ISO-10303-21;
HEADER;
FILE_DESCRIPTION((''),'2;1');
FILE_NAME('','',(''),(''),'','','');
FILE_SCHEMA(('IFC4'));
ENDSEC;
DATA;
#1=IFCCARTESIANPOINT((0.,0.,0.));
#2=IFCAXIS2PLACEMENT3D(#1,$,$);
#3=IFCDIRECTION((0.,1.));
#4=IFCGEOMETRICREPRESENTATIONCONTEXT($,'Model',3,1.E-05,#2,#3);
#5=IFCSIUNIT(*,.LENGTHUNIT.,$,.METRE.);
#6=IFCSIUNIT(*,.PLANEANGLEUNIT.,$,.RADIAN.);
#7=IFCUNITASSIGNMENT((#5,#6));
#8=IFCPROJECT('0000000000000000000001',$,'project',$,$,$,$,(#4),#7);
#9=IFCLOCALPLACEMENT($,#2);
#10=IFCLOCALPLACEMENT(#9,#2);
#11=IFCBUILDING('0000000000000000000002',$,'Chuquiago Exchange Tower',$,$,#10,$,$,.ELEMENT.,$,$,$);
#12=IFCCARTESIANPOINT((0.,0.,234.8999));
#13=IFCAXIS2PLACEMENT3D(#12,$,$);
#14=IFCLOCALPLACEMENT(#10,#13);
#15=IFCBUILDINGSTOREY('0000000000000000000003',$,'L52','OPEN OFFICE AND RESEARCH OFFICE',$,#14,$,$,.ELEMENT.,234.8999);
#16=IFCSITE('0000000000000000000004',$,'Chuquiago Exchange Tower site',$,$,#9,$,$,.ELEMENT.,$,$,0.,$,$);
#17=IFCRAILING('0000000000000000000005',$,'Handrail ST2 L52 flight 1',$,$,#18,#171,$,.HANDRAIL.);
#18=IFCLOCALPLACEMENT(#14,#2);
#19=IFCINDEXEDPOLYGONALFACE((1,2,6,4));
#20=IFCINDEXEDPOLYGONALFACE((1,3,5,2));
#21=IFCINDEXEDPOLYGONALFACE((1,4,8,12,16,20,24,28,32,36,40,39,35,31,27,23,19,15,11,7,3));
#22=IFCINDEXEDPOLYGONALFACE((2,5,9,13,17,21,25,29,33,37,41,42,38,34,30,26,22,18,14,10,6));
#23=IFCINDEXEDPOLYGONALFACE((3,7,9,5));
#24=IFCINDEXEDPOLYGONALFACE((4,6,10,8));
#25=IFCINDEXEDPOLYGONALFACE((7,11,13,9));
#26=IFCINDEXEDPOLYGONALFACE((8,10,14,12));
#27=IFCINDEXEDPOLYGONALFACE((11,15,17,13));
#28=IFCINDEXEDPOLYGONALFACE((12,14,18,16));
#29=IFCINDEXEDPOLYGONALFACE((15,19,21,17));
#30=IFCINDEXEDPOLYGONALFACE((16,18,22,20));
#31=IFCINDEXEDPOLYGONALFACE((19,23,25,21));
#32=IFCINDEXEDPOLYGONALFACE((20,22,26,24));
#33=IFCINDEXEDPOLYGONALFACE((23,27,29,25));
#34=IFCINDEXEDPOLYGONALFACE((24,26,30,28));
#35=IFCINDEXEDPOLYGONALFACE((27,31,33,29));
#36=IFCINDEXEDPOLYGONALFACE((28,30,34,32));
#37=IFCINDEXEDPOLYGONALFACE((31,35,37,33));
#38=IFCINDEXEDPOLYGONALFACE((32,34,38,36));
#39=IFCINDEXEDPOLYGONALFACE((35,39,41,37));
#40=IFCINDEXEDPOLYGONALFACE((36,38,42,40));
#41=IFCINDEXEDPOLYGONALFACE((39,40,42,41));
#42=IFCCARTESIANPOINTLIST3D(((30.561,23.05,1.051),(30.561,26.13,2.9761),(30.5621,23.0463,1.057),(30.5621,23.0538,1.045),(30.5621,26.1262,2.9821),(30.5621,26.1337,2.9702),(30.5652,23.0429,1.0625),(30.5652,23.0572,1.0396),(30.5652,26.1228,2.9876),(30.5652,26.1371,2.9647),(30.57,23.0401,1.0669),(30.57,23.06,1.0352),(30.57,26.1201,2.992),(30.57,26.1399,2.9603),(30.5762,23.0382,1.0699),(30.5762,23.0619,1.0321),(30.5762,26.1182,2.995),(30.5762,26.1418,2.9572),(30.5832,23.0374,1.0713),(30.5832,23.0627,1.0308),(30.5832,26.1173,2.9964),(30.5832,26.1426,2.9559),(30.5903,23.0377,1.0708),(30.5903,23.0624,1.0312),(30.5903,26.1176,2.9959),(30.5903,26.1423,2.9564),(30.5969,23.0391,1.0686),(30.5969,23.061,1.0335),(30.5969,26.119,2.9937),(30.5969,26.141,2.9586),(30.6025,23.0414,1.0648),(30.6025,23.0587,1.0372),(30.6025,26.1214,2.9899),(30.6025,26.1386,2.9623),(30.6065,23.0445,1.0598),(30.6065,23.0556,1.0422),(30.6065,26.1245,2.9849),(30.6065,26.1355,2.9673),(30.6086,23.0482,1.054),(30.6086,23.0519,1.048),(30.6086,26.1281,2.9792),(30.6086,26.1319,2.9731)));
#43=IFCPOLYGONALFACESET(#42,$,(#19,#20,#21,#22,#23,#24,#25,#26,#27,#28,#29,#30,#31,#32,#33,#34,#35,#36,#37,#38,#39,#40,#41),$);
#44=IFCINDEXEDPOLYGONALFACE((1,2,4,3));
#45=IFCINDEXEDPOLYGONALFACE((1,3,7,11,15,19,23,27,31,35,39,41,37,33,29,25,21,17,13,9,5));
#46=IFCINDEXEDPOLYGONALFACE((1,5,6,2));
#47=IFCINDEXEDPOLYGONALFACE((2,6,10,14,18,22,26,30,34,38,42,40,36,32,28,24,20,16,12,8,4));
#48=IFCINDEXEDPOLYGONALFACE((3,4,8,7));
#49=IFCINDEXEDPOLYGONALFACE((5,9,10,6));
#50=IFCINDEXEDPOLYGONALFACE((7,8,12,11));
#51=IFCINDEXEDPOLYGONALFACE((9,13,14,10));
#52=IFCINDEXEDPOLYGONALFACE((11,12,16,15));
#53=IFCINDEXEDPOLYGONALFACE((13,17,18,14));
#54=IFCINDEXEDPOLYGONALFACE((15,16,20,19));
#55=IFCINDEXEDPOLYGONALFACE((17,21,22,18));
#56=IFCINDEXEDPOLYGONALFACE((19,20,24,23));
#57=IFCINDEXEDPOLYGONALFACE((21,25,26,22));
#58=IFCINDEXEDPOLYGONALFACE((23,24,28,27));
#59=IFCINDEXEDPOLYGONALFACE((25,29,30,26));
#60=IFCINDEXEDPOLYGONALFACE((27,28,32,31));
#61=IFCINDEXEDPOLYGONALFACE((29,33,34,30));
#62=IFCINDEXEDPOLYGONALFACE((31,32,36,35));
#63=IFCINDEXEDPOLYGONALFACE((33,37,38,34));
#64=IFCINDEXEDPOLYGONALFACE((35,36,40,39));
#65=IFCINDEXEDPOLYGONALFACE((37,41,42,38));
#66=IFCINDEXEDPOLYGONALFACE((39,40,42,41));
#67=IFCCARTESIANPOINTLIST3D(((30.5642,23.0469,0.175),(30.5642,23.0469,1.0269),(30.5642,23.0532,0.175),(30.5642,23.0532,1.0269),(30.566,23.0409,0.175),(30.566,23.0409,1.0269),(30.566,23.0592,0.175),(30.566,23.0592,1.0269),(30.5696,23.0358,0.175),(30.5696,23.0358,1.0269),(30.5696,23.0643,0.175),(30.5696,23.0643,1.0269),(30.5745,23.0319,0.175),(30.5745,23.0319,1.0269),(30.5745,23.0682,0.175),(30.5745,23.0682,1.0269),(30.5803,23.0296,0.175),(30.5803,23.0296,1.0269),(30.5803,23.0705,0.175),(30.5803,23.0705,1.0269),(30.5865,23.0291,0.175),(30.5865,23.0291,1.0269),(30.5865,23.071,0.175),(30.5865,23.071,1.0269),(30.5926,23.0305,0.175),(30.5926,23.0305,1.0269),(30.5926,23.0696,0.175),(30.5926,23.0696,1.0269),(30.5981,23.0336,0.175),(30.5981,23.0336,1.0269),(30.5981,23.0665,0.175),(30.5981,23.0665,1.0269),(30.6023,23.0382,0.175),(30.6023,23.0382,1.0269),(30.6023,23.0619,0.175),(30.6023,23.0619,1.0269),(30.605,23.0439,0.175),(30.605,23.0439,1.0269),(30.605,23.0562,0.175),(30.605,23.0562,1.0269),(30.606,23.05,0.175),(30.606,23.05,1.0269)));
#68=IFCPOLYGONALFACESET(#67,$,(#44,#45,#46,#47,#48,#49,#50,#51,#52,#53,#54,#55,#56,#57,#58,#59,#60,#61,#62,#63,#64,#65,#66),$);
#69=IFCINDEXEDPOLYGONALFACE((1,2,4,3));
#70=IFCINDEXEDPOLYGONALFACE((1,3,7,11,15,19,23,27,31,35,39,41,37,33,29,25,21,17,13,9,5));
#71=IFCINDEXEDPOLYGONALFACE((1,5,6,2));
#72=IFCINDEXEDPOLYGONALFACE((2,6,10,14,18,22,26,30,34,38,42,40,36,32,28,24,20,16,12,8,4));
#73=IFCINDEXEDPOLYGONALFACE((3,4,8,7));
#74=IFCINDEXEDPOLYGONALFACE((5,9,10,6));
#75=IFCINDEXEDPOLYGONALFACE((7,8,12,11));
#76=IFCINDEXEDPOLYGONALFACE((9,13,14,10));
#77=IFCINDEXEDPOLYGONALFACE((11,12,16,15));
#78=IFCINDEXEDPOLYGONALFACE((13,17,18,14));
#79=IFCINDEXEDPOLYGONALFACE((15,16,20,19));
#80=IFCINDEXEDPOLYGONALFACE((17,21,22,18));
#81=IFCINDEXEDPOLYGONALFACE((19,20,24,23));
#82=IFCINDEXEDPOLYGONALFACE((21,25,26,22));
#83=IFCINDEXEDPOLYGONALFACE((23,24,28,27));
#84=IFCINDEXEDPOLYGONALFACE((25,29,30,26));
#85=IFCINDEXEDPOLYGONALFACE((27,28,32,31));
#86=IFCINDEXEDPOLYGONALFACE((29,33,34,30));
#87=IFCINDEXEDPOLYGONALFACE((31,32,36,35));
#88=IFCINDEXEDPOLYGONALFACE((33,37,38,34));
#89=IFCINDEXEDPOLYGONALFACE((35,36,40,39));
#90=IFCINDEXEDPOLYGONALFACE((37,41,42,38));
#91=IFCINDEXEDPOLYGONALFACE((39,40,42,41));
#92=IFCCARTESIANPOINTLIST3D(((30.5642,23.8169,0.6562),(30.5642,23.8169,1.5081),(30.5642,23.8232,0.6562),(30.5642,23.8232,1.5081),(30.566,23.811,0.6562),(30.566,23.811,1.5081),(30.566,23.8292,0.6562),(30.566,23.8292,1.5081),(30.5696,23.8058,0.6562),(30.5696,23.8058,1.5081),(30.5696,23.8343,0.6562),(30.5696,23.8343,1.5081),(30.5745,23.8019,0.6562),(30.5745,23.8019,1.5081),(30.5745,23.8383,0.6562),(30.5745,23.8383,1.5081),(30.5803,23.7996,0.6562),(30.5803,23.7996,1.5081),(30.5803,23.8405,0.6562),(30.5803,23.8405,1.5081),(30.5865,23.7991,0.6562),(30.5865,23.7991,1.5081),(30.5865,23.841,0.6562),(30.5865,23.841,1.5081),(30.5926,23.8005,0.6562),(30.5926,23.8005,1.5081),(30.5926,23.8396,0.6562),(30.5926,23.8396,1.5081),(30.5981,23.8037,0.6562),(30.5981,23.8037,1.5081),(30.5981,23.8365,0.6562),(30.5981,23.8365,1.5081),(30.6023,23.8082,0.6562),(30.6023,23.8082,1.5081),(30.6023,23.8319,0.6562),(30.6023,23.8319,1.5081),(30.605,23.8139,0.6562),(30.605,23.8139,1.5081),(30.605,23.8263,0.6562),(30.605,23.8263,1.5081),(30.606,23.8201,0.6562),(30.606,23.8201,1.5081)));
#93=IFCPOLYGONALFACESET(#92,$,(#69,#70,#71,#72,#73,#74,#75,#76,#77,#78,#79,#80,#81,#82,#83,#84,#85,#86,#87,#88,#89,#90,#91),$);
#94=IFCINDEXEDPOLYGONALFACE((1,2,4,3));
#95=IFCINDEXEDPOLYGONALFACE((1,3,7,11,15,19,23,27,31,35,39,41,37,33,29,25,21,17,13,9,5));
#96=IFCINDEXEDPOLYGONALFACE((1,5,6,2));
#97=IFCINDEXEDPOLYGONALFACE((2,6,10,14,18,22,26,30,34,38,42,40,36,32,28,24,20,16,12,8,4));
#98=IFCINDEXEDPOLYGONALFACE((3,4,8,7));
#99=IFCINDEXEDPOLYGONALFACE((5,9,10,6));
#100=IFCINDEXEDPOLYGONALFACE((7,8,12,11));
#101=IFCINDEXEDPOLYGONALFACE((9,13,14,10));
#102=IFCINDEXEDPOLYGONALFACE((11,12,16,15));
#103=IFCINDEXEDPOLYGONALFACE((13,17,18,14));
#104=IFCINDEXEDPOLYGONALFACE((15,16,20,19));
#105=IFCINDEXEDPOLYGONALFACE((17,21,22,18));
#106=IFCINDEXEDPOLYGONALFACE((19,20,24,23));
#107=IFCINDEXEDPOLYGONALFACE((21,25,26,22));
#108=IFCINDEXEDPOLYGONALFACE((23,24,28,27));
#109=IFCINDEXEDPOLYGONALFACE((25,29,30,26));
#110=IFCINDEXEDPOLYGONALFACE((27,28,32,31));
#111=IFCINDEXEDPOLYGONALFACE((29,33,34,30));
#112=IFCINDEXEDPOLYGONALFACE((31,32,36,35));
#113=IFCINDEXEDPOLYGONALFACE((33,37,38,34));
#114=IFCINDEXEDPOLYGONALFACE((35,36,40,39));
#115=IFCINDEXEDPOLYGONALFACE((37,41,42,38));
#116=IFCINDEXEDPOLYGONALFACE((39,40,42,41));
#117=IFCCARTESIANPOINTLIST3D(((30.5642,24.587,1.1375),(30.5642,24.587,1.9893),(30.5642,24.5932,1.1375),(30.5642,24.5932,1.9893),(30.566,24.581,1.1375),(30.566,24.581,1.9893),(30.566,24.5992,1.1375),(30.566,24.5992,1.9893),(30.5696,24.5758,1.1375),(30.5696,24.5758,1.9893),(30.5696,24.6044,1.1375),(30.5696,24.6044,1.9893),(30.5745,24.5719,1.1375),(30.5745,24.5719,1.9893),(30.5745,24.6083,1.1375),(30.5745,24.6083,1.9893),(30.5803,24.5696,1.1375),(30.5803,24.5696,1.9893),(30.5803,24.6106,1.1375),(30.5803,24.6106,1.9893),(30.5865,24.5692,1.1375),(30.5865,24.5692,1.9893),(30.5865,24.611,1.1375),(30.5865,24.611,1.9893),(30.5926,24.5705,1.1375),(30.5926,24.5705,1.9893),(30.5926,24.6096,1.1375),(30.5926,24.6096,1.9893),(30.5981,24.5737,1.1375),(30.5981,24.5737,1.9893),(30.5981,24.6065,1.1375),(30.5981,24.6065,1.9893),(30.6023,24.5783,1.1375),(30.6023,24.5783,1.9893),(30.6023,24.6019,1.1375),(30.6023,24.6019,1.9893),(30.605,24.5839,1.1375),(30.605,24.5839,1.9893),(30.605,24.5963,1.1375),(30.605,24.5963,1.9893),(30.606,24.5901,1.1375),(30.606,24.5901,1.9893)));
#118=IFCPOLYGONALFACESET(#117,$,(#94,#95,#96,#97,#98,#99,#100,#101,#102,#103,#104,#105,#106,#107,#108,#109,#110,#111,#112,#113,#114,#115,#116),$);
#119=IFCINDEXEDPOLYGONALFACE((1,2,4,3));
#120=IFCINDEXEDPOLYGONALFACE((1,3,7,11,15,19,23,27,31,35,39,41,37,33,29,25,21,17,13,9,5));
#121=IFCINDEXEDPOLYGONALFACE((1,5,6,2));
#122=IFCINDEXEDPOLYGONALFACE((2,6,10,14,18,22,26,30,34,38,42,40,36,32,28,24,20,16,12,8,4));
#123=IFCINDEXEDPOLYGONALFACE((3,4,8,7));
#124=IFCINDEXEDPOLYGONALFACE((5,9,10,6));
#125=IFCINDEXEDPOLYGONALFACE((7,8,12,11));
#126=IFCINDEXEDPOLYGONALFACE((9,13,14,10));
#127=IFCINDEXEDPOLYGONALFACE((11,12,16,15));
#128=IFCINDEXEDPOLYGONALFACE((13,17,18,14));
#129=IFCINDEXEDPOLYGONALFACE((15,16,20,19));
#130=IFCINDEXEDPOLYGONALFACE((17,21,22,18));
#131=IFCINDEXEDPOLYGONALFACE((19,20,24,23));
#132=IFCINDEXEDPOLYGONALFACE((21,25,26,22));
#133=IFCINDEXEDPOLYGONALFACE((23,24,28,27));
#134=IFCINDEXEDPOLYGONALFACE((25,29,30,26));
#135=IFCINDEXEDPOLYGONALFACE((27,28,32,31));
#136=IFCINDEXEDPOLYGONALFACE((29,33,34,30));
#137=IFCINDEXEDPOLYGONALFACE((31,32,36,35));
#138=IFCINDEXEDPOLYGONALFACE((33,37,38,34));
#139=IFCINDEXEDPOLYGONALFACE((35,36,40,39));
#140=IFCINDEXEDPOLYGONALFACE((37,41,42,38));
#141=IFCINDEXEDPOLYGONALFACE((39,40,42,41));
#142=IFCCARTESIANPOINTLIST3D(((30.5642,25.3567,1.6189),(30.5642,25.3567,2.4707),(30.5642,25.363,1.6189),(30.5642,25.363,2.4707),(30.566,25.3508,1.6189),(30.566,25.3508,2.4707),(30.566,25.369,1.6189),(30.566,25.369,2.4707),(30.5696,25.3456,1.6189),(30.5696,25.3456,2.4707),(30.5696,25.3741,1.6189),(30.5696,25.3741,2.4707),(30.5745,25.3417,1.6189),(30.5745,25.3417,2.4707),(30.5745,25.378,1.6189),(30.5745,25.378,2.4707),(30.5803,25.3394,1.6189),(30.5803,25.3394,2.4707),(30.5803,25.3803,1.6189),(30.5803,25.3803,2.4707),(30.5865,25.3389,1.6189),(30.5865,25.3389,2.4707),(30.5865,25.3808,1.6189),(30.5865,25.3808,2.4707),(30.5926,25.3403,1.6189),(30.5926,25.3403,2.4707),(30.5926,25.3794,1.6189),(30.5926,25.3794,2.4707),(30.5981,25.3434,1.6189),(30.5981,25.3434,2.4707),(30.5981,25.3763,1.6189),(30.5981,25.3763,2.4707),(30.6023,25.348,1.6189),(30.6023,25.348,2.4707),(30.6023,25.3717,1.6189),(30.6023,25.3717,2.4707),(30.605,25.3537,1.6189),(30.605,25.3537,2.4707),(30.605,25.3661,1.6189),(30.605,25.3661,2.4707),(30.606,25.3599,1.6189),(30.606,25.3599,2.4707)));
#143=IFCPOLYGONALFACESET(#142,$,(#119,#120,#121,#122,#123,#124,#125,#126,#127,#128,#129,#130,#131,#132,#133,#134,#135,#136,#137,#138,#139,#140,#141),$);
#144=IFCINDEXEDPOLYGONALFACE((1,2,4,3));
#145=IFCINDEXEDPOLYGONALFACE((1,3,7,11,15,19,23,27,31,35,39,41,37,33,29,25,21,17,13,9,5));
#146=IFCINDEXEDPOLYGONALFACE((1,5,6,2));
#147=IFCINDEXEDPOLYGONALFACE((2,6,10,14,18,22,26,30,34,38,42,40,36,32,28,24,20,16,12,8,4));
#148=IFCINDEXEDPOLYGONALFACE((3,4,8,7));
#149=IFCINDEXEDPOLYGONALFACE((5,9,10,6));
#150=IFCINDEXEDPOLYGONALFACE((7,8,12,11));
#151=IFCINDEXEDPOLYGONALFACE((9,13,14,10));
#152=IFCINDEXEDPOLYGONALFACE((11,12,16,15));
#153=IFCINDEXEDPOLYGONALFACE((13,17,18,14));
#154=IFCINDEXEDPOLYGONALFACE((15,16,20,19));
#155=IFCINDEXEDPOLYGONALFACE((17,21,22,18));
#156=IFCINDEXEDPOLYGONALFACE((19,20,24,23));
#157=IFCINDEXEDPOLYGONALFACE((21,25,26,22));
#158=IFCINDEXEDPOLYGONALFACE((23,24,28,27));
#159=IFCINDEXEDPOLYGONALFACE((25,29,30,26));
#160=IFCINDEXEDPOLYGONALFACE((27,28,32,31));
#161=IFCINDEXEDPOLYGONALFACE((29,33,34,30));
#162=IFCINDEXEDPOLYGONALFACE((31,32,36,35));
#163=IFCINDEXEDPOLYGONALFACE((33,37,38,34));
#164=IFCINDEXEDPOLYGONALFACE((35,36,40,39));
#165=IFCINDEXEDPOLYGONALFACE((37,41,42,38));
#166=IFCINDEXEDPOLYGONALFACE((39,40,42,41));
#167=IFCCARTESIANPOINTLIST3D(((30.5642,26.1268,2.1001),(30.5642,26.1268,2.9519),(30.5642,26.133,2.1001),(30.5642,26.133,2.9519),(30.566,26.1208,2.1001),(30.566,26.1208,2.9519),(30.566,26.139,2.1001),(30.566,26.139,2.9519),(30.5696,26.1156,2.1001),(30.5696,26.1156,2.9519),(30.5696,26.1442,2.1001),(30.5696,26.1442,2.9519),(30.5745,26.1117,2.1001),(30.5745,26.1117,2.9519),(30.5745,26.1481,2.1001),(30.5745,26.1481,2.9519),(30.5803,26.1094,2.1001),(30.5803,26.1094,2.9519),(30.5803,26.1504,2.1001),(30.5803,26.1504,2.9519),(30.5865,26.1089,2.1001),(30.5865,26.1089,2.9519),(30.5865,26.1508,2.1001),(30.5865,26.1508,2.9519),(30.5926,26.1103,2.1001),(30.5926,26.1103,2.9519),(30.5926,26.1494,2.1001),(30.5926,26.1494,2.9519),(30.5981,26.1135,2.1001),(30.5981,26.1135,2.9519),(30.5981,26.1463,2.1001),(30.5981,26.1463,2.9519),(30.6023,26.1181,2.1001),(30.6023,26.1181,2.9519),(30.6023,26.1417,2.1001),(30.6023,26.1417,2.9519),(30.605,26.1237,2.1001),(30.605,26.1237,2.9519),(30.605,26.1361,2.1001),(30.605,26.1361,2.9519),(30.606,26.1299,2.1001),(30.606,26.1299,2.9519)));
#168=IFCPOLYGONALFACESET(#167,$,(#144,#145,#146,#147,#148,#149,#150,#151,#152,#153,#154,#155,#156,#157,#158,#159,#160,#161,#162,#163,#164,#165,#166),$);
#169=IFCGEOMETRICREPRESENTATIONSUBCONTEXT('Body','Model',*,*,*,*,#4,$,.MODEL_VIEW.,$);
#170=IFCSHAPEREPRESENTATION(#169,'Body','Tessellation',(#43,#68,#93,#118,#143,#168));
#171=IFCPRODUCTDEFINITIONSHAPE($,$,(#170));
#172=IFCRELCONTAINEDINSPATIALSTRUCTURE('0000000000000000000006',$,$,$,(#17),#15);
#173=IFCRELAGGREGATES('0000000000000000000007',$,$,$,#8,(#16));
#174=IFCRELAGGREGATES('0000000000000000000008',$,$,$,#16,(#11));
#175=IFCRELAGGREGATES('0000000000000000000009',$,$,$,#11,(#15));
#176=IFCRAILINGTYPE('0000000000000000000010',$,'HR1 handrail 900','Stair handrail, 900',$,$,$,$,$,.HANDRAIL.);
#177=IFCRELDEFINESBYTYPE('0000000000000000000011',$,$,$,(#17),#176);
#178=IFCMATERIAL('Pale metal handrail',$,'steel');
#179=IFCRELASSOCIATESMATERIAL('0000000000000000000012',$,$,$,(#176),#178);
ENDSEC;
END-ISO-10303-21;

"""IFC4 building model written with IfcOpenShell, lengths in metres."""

from ifc_helpers import new_model, si_unit, direction, frame, origin, origin_2d, place, context, subcontext, project, spatial, circle, extrude, material, type_object, element, save


model = new_model("IFC4")

# Units and contexts
model_context = context("Model", 3, precision=1e-05, world=origin(), true_north=direction((0.0, 1.0)))
body_context = subcontext(model_context, "Body", "Model", "MODEL_VIEW")
ifc_project = project(units=[si_unit("LENGTHUNIT", "METRE"), si_unit("PLANEANGLEUNIT", "RADIAN")], contexts=[model_context])

# Site, building, storey
site_placement = place(None, origin())
site = spatial("IfcSite", under=ifc_project, at=site_placement, Name="Chuquiago Exchange Tower site", CompositionType="ELEMENT", RefElevation=0.0)
building_placement = place(site_placement, origin())
building = spatial("IfcBuilding", under=site, at=building_placement, Name="Chuquiago Exchange Tower", CompositionType="ELEMENT")
storey_placement = place(building_placement, frame((0.0, 0.0, 234.8999)))
storey = spatial("IfcBuildingStorey", under=building, at=storey_placement, Name="L52", Description="OPEN OFFICE AND RESEARCH OFFICE", CompositionType="ELEMENT", Elevation=234.8999)

# Railing
ifc_material_1 = material(Name="Pale metal handrail", Category="steel")
railing_type_1 = type_object("IfcRailingType", Name="HR1 handrail 900", Description="Stair handrail, 900", PredefinedType="HANDRAIL", material=ifc_material_1)
railing_1_placement = place(storey_placement, frame((30.585, 23.05, 0.175)))
element("IfcRailing", 1, at=railing_1_placement, inside=storey, type_object=railing_type_1, Name="Handrail ST2 L52 flight 1", PredefinedType="HANDRAIL", context=body_context, shape_type="SweptSolid", body=[
    extrude(circle(Radius=0.0239, at=origin_2d()), frame((0.0, 0.0, 0.876), z_axis=(0.0, 0.847979, 0.530029), x_axis=(-1.0, 0.0, 0.0)), (0.0, 0.0, 1.0), 3.6321),
    extrude(circle(Radius=0.021, at=origin_2d()), origin(), (0.0, 0.0, 1.0), 0.8518),
    extrude(circle(Radius=0.021, at=origin_2d()), frame((0.0, 0.77, 0.4812)), (0.0, 0.0, 1.0), 0.8518),
    extrude(circle(Radius=0.021, at=origin_2d()), frame((0.0, 1.54, 0.9624)), (0.0, 0.0, 1.0), 0.8518),
    extrude(circle(Radius=0.021, at=origin_2d()), frame((0.0, 2.3098, 1.4438)), (0.0, 0.0, 1.0), 0.8518),
    extrude(circle(Radius=0.021, at=origin_2d()), frame((0.0, 3.0798, 1.925)), (0.0, 0.0, 1.0), 0.8518),
])

save(model, "model.ifc")
